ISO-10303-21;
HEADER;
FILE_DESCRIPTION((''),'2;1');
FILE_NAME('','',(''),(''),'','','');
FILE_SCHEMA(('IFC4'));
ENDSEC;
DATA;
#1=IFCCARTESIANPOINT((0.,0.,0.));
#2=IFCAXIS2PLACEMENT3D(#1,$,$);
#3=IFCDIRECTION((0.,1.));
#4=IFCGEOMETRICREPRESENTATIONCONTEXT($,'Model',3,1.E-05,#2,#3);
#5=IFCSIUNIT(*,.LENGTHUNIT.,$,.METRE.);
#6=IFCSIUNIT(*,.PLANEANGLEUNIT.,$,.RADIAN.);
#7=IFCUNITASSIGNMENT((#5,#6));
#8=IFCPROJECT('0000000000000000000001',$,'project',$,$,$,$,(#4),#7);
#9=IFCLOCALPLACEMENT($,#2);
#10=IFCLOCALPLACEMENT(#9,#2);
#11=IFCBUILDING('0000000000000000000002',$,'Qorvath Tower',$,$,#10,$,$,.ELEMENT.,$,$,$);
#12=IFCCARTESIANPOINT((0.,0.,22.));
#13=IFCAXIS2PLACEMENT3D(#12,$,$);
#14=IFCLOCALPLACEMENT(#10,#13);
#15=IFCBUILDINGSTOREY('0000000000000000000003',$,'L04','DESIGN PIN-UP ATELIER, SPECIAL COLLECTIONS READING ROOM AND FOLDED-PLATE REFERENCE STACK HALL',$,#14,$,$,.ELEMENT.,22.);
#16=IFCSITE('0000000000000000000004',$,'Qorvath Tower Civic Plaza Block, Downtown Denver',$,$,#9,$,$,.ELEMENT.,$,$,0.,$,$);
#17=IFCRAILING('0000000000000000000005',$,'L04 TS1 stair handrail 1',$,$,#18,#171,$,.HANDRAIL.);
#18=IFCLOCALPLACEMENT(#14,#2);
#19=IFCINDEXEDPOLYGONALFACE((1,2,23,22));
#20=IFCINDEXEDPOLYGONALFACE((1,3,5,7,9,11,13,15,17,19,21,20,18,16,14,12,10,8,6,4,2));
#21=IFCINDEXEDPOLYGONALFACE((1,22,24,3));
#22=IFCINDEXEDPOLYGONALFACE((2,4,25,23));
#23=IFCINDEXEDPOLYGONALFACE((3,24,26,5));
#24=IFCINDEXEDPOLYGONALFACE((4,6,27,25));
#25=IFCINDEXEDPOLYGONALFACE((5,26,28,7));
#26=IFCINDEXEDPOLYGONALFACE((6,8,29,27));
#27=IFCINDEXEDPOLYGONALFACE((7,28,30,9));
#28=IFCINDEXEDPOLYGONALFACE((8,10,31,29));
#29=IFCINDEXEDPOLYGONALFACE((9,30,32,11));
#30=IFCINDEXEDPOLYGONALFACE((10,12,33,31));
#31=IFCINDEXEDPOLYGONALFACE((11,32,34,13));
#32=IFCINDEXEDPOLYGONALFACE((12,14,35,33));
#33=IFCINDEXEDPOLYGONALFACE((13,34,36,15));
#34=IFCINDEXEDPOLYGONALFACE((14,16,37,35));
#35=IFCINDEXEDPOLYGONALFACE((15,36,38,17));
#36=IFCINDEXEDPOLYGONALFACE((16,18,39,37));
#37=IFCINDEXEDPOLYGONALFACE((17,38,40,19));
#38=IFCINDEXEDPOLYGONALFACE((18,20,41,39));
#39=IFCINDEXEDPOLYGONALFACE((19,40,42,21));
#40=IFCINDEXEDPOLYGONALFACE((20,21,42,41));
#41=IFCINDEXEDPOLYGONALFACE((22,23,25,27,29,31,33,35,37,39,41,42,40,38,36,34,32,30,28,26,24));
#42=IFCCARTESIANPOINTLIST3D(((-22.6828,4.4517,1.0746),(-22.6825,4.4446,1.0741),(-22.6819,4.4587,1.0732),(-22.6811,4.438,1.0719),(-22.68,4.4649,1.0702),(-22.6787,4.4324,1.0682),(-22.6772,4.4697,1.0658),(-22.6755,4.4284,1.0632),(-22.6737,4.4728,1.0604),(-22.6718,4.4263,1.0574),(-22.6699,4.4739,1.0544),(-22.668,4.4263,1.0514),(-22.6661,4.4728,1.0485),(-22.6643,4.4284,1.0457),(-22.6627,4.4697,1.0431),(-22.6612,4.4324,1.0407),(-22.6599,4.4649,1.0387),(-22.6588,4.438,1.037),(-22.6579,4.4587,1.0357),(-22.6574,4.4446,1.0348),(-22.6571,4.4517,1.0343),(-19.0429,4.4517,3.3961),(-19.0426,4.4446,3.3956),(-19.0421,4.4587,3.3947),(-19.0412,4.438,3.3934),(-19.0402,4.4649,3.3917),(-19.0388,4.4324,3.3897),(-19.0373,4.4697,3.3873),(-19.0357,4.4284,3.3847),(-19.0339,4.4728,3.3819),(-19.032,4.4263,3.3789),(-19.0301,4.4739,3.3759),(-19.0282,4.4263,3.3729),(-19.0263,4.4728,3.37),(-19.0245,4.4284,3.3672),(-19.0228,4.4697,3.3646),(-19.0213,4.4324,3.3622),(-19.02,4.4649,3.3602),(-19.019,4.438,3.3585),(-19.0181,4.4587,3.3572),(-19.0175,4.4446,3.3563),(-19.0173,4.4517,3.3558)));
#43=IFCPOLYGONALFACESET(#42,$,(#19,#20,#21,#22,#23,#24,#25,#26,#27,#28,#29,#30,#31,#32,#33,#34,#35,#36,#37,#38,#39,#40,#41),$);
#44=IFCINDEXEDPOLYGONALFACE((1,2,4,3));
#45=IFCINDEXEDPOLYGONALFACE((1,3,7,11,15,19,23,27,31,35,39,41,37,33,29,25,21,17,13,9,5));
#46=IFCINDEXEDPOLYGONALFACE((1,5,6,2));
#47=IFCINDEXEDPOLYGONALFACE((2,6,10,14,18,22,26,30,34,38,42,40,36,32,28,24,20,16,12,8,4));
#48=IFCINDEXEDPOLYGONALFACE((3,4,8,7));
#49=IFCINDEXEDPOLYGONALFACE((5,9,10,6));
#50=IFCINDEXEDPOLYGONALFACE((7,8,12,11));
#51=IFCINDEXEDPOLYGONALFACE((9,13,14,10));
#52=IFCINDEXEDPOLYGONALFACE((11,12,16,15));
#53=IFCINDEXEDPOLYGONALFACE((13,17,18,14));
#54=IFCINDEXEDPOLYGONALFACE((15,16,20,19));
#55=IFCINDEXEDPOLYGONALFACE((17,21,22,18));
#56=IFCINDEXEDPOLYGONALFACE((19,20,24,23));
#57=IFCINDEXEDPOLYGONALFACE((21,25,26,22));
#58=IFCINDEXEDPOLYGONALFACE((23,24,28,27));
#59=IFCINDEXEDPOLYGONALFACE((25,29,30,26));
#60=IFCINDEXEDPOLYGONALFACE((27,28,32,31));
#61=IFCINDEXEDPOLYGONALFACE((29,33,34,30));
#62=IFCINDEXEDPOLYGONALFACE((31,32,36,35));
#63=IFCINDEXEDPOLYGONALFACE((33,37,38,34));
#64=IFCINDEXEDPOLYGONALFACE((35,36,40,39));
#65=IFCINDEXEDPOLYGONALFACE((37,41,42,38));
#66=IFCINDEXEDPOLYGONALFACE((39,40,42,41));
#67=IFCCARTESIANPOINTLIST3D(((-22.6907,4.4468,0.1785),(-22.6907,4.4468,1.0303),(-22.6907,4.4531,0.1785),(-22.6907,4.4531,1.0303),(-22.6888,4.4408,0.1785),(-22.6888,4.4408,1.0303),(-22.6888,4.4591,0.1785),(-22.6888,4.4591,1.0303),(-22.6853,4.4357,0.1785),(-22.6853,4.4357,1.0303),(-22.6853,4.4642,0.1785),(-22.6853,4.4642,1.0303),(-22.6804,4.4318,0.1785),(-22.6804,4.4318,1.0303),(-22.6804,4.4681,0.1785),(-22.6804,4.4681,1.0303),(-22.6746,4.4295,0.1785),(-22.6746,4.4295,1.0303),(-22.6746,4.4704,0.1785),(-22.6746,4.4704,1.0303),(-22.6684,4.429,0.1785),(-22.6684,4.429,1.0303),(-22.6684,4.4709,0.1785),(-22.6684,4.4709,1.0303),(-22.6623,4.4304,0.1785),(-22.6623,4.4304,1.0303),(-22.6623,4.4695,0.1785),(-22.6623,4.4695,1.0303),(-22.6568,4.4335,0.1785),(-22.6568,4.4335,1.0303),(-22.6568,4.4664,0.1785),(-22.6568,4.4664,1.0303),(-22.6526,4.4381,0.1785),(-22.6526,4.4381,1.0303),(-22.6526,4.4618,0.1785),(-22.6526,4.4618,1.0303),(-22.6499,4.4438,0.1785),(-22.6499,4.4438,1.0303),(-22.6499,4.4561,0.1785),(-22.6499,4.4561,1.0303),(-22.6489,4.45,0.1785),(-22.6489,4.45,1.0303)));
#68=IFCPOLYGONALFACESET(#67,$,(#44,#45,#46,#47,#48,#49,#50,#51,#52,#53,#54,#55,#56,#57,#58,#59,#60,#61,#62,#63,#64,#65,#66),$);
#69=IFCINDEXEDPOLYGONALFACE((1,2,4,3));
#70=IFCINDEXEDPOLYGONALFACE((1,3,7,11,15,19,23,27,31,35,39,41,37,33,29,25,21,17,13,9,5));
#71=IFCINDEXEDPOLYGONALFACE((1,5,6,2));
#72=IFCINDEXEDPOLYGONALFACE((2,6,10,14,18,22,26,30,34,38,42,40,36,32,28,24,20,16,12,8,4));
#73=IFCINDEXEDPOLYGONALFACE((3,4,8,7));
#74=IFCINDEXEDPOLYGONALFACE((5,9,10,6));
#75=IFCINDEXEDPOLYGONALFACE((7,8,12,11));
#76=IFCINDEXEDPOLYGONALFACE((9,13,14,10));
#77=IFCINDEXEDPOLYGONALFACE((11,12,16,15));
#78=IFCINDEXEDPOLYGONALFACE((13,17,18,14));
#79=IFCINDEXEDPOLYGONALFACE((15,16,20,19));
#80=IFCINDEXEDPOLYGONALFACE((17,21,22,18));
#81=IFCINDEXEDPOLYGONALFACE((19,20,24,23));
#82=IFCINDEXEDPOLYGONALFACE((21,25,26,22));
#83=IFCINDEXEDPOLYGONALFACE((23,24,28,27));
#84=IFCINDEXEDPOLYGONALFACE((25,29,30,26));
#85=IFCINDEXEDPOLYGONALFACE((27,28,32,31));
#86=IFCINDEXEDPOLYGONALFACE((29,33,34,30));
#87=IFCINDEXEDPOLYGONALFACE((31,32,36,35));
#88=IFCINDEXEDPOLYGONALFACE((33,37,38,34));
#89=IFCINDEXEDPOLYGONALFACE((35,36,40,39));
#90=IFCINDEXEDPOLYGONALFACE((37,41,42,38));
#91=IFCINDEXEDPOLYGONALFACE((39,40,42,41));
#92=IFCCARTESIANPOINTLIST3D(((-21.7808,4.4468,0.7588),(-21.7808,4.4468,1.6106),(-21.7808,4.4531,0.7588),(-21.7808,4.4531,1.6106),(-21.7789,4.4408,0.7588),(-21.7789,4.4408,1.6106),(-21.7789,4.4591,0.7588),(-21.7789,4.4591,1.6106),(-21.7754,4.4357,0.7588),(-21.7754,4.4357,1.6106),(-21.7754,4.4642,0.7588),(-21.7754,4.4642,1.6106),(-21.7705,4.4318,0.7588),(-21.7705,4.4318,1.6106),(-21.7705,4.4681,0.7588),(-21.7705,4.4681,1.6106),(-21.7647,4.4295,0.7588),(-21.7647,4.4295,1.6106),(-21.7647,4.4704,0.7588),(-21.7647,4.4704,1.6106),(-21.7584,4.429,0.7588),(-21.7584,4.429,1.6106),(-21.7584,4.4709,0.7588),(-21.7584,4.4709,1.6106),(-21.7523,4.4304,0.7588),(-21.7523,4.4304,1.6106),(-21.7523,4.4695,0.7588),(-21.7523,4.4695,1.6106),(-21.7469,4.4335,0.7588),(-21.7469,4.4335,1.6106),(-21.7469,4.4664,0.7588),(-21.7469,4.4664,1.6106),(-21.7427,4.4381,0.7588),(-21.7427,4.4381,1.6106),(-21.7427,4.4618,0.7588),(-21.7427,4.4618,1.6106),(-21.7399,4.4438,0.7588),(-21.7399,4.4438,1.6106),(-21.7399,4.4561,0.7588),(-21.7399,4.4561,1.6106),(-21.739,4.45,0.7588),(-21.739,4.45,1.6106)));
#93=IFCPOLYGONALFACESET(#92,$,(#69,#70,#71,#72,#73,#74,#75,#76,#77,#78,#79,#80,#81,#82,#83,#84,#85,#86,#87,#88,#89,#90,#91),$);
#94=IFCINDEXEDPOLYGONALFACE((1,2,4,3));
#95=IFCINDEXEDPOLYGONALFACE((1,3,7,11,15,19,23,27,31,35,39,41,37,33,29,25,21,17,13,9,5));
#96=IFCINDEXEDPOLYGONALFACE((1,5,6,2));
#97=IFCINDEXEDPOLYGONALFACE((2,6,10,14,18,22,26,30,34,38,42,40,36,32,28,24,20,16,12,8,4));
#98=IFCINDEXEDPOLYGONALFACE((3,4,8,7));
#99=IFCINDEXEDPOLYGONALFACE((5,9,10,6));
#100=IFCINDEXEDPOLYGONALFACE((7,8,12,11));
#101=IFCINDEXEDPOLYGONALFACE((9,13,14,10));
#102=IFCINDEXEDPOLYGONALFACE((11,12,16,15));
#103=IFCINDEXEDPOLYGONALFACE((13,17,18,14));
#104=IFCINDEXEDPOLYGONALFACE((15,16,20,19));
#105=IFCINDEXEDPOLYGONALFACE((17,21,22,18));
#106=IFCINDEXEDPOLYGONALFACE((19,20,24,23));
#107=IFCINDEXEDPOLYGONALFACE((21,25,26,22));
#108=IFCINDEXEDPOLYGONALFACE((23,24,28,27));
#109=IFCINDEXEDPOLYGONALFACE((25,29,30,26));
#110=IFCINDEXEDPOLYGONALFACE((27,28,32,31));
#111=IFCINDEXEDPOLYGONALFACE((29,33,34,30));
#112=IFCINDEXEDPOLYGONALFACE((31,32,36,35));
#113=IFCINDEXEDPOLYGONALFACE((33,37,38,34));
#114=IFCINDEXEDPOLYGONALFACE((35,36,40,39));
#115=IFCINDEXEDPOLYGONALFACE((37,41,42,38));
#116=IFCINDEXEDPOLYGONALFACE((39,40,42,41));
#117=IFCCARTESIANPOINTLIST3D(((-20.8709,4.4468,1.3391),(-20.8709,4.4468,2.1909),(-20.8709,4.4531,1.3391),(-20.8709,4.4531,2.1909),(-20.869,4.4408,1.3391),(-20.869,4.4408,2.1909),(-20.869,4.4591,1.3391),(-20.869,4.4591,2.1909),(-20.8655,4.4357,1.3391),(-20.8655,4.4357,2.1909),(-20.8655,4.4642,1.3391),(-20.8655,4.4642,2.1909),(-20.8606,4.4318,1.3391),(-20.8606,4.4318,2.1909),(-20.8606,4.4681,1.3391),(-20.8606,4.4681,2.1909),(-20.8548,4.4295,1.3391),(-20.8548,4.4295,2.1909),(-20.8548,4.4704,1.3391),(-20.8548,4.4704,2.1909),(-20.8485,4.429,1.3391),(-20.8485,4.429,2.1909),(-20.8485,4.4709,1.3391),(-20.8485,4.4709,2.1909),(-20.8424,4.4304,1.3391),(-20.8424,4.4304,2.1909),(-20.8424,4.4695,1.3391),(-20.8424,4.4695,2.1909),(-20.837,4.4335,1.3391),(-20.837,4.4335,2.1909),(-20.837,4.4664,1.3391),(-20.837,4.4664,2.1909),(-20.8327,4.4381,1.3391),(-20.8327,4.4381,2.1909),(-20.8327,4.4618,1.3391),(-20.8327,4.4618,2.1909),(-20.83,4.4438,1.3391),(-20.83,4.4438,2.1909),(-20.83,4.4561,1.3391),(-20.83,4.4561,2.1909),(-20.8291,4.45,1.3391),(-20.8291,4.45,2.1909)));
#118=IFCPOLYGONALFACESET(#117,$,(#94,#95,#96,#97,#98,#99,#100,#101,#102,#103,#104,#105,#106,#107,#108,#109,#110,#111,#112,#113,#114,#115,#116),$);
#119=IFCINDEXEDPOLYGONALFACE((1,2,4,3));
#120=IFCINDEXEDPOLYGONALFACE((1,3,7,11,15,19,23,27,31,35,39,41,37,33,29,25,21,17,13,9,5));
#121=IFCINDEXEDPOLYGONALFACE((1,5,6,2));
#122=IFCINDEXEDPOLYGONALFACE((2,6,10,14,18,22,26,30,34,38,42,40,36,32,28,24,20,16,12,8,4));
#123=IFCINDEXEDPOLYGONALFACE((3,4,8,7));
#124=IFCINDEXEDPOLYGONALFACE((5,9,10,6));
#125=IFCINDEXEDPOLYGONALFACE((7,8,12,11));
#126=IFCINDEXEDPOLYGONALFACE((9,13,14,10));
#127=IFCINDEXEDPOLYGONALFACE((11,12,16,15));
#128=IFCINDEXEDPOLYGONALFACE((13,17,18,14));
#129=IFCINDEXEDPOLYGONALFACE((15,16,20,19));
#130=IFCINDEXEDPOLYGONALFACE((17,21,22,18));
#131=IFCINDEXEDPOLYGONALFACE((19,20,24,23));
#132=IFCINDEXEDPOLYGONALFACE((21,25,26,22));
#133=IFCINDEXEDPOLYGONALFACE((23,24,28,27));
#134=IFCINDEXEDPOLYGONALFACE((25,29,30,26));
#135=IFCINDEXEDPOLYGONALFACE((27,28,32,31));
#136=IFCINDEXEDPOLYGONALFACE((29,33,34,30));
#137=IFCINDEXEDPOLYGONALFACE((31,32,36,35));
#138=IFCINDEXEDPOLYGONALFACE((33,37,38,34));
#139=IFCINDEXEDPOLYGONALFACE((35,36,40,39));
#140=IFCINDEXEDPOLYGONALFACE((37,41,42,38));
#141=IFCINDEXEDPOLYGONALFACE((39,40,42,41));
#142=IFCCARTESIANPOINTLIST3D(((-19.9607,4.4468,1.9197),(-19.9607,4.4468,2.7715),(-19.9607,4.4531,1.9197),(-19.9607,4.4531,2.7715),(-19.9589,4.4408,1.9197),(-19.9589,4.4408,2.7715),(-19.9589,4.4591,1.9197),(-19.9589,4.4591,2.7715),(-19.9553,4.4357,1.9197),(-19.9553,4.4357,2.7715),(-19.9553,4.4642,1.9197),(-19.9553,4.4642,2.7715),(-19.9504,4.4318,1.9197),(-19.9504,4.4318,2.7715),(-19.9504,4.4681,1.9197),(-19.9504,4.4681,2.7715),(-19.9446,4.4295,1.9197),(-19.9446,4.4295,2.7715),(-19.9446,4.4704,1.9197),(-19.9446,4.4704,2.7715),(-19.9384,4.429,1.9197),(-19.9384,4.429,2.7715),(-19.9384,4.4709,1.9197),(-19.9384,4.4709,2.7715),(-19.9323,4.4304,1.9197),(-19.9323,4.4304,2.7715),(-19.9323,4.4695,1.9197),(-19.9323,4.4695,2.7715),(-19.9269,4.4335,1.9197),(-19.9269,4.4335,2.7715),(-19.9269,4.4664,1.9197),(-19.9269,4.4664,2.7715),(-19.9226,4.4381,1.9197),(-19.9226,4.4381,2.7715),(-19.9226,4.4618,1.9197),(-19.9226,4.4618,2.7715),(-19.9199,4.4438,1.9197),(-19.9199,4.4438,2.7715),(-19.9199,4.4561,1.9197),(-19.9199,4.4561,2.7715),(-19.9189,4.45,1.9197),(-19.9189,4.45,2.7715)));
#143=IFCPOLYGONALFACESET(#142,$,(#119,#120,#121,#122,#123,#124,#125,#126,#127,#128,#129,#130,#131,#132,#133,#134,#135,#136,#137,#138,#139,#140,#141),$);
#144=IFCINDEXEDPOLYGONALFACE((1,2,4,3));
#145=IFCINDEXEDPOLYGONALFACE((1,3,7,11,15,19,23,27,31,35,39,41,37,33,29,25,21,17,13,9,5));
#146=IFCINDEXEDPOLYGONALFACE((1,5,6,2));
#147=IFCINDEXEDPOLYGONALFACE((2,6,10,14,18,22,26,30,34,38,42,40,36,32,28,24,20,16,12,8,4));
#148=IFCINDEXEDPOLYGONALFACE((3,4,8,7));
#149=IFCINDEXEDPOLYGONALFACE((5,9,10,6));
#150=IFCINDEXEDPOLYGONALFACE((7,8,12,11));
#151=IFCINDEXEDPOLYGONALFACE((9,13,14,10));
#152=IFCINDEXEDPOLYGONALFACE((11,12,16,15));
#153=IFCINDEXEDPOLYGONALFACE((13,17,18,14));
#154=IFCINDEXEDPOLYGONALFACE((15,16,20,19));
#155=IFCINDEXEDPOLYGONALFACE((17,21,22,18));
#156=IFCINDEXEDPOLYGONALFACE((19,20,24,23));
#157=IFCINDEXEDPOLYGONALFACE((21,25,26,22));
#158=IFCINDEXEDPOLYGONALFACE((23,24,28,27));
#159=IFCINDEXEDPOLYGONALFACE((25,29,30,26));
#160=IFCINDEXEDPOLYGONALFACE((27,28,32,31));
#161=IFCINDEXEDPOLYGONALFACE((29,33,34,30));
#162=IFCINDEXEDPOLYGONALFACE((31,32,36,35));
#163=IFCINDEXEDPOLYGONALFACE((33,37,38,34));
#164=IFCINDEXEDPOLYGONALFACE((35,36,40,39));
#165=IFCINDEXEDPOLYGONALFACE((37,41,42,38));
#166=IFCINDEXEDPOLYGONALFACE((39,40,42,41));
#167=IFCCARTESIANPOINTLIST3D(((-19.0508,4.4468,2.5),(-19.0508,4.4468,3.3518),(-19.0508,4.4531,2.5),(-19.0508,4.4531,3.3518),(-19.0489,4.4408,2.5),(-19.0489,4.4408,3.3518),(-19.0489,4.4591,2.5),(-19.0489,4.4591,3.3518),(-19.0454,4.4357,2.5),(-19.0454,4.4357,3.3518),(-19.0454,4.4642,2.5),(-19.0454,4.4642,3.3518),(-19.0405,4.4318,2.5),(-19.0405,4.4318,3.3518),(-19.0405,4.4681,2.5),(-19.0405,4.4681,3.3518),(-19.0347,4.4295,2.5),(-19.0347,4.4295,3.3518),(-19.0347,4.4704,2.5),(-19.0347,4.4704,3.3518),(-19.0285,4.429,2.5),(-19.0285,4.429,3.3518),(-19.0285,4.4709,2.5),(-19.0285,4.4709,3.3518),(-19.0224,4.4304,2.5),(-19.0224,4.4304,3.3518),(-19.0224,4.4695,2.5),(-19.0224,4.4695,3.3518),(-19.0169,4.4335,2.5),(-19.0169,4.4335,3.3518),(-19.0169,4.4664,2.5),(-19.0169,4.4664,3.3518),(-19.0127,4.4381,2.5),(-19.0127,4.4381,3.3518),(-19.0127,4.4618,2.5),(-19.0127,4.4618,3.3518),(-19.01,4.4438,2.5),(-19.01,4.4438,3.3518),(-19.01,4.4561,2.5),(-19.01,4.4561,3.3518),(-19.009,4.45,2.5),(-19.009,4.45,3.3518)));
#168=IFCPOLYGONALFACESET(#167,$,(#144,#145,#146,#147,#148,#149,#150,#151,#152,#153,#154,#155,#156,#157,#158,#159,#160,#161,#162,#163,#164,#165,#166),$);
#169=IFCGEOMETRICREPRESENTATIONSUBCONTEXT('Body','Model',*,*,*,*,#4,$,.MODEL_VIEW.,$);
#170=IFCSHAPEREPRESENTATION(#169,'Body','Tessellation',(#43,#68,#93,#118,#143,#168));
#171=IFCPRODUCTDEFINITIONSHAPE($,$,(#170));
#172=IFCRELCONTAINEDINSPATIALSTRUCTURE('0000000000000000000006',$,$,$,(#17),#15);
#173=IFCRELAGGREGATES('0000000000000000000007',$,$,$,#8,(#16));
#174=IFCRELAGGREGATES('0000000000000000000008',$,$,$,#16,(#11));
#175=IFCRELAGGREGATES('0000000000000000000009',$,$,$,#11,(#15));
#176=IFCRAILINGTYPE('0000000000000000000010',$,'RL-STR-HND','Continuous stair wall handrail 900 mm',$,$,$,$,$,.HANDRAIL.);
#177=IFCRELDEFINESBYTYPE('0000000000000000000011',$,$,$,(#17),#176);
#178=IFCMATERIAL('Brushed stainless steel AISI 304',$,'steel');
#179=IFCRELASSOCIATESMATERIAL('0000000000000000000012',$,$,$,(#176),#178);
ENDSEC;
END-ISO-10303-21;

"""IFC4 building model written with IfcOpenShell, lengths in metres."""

from ifc_helpers import new_model, si_unit, direction, frame, origin, origin_2d, place, context, subcontext, project, spatial, circle, extrude, material, type_object, element, save


model = new_model("IFC4")

# Units and contexts
model_context = context("Model", 3, precision=1e-05, world=origin(), true_north=direction((0.0, 1.0)))
body_context = subcontext(model_context, "Body", "Model", "MODEL_VIEW")
ifc_project = project(units=[si_unit("LENGTHUNIT", "METRE"), si_unit("PLANEANGLEUNIT", "RADIAN")], contexts=[model_context])

# Site, building, storey
site_placement = place(None, origin())
site = spatial("IfcSite", under=ifc_project, at=site_placement, Name="Qorvath Tower Civic Plaza Block, Downtown Denver", CompositionType="ELEMENT", RefElevation=0.0)
building_placement = place(site_placement, origin())
building = spatial("IfcBuilding", under=site, at=building_placement, Name="Qorvath Tower", CompositionType="ELEMENT")
storey_placement = place(building_placement, frame((0.0, 0.0, 22.0)))
storey = spatial("IfcBuildingStorey", under=building, at=storey_placement, Name="L04", Description="DESIGN PIN-UP ATELIER, SPECIAL COLLECTIONS READING ROOM AND FOLDED-PLATE REFERENCE STACK HALL", CompositionType="ELEMENT", Elevation=22.0)

# Railing
ifc_material_1 = material(Name="Brushed stainless steel AISI 304", Category="steel")
railing_type_1 = type_object("IfcRailingType", Name="RL-STR-HND", Description="Continuous stair wall handrail 900 mm", PredefinedType="HANDRAIL", material=ifc_material_1)
railing_1_placement = place(storey_placement, frame((-22.6699, 4.45, 0.1785)))
element("IfcRailing", 1, at=railing_1_placement, inside=storey, type_object=railing_type_1, Name="L04 TS1 stair handrail 1", PredefinedType="HANDRAIL", context=body_context, shape_type="SweptSolid", body=[
    extrude(circle(Radius=0.0239, at=origin_2d()), frame((0.0, 0.0, 0.876), z_axis=(0.843112, 0.0, 0.537739), x_axis=(0.0, 1.0, 0.0)), (0.0, 0.0, 1.0), 4.3171),
    extrude(circle(Radius=0.021, at=origin_2d()), origin(), (0.0, 0.0, 1.0), 0.8518),
    extrude(circle(Radius=0.021, at=origin_2d()), frame((0.9099, 0.0, 0.5803)), (0.0, 0.0, 1.0), 0.8518),
    extrude(circle(Radius=0.021, at=origin_2d()), frame((1.8198, 0.0, 1.1606)), (0.0, 0.0, 1.0), 0.8518),
    extrude(circle(Radius=0.021, at=origin_2d()), frame((2.73, 0.0, 1.7412)), (0.0, 0.0, 1.0), 0.8518),
    extrude(circle(Radius=0.021, at=origin_2d()), frame((3.6399, 0.0, 2.3215)), (0.0, 0.0, 1.0), 0.8518),
])

save(model, "model.ifc")
